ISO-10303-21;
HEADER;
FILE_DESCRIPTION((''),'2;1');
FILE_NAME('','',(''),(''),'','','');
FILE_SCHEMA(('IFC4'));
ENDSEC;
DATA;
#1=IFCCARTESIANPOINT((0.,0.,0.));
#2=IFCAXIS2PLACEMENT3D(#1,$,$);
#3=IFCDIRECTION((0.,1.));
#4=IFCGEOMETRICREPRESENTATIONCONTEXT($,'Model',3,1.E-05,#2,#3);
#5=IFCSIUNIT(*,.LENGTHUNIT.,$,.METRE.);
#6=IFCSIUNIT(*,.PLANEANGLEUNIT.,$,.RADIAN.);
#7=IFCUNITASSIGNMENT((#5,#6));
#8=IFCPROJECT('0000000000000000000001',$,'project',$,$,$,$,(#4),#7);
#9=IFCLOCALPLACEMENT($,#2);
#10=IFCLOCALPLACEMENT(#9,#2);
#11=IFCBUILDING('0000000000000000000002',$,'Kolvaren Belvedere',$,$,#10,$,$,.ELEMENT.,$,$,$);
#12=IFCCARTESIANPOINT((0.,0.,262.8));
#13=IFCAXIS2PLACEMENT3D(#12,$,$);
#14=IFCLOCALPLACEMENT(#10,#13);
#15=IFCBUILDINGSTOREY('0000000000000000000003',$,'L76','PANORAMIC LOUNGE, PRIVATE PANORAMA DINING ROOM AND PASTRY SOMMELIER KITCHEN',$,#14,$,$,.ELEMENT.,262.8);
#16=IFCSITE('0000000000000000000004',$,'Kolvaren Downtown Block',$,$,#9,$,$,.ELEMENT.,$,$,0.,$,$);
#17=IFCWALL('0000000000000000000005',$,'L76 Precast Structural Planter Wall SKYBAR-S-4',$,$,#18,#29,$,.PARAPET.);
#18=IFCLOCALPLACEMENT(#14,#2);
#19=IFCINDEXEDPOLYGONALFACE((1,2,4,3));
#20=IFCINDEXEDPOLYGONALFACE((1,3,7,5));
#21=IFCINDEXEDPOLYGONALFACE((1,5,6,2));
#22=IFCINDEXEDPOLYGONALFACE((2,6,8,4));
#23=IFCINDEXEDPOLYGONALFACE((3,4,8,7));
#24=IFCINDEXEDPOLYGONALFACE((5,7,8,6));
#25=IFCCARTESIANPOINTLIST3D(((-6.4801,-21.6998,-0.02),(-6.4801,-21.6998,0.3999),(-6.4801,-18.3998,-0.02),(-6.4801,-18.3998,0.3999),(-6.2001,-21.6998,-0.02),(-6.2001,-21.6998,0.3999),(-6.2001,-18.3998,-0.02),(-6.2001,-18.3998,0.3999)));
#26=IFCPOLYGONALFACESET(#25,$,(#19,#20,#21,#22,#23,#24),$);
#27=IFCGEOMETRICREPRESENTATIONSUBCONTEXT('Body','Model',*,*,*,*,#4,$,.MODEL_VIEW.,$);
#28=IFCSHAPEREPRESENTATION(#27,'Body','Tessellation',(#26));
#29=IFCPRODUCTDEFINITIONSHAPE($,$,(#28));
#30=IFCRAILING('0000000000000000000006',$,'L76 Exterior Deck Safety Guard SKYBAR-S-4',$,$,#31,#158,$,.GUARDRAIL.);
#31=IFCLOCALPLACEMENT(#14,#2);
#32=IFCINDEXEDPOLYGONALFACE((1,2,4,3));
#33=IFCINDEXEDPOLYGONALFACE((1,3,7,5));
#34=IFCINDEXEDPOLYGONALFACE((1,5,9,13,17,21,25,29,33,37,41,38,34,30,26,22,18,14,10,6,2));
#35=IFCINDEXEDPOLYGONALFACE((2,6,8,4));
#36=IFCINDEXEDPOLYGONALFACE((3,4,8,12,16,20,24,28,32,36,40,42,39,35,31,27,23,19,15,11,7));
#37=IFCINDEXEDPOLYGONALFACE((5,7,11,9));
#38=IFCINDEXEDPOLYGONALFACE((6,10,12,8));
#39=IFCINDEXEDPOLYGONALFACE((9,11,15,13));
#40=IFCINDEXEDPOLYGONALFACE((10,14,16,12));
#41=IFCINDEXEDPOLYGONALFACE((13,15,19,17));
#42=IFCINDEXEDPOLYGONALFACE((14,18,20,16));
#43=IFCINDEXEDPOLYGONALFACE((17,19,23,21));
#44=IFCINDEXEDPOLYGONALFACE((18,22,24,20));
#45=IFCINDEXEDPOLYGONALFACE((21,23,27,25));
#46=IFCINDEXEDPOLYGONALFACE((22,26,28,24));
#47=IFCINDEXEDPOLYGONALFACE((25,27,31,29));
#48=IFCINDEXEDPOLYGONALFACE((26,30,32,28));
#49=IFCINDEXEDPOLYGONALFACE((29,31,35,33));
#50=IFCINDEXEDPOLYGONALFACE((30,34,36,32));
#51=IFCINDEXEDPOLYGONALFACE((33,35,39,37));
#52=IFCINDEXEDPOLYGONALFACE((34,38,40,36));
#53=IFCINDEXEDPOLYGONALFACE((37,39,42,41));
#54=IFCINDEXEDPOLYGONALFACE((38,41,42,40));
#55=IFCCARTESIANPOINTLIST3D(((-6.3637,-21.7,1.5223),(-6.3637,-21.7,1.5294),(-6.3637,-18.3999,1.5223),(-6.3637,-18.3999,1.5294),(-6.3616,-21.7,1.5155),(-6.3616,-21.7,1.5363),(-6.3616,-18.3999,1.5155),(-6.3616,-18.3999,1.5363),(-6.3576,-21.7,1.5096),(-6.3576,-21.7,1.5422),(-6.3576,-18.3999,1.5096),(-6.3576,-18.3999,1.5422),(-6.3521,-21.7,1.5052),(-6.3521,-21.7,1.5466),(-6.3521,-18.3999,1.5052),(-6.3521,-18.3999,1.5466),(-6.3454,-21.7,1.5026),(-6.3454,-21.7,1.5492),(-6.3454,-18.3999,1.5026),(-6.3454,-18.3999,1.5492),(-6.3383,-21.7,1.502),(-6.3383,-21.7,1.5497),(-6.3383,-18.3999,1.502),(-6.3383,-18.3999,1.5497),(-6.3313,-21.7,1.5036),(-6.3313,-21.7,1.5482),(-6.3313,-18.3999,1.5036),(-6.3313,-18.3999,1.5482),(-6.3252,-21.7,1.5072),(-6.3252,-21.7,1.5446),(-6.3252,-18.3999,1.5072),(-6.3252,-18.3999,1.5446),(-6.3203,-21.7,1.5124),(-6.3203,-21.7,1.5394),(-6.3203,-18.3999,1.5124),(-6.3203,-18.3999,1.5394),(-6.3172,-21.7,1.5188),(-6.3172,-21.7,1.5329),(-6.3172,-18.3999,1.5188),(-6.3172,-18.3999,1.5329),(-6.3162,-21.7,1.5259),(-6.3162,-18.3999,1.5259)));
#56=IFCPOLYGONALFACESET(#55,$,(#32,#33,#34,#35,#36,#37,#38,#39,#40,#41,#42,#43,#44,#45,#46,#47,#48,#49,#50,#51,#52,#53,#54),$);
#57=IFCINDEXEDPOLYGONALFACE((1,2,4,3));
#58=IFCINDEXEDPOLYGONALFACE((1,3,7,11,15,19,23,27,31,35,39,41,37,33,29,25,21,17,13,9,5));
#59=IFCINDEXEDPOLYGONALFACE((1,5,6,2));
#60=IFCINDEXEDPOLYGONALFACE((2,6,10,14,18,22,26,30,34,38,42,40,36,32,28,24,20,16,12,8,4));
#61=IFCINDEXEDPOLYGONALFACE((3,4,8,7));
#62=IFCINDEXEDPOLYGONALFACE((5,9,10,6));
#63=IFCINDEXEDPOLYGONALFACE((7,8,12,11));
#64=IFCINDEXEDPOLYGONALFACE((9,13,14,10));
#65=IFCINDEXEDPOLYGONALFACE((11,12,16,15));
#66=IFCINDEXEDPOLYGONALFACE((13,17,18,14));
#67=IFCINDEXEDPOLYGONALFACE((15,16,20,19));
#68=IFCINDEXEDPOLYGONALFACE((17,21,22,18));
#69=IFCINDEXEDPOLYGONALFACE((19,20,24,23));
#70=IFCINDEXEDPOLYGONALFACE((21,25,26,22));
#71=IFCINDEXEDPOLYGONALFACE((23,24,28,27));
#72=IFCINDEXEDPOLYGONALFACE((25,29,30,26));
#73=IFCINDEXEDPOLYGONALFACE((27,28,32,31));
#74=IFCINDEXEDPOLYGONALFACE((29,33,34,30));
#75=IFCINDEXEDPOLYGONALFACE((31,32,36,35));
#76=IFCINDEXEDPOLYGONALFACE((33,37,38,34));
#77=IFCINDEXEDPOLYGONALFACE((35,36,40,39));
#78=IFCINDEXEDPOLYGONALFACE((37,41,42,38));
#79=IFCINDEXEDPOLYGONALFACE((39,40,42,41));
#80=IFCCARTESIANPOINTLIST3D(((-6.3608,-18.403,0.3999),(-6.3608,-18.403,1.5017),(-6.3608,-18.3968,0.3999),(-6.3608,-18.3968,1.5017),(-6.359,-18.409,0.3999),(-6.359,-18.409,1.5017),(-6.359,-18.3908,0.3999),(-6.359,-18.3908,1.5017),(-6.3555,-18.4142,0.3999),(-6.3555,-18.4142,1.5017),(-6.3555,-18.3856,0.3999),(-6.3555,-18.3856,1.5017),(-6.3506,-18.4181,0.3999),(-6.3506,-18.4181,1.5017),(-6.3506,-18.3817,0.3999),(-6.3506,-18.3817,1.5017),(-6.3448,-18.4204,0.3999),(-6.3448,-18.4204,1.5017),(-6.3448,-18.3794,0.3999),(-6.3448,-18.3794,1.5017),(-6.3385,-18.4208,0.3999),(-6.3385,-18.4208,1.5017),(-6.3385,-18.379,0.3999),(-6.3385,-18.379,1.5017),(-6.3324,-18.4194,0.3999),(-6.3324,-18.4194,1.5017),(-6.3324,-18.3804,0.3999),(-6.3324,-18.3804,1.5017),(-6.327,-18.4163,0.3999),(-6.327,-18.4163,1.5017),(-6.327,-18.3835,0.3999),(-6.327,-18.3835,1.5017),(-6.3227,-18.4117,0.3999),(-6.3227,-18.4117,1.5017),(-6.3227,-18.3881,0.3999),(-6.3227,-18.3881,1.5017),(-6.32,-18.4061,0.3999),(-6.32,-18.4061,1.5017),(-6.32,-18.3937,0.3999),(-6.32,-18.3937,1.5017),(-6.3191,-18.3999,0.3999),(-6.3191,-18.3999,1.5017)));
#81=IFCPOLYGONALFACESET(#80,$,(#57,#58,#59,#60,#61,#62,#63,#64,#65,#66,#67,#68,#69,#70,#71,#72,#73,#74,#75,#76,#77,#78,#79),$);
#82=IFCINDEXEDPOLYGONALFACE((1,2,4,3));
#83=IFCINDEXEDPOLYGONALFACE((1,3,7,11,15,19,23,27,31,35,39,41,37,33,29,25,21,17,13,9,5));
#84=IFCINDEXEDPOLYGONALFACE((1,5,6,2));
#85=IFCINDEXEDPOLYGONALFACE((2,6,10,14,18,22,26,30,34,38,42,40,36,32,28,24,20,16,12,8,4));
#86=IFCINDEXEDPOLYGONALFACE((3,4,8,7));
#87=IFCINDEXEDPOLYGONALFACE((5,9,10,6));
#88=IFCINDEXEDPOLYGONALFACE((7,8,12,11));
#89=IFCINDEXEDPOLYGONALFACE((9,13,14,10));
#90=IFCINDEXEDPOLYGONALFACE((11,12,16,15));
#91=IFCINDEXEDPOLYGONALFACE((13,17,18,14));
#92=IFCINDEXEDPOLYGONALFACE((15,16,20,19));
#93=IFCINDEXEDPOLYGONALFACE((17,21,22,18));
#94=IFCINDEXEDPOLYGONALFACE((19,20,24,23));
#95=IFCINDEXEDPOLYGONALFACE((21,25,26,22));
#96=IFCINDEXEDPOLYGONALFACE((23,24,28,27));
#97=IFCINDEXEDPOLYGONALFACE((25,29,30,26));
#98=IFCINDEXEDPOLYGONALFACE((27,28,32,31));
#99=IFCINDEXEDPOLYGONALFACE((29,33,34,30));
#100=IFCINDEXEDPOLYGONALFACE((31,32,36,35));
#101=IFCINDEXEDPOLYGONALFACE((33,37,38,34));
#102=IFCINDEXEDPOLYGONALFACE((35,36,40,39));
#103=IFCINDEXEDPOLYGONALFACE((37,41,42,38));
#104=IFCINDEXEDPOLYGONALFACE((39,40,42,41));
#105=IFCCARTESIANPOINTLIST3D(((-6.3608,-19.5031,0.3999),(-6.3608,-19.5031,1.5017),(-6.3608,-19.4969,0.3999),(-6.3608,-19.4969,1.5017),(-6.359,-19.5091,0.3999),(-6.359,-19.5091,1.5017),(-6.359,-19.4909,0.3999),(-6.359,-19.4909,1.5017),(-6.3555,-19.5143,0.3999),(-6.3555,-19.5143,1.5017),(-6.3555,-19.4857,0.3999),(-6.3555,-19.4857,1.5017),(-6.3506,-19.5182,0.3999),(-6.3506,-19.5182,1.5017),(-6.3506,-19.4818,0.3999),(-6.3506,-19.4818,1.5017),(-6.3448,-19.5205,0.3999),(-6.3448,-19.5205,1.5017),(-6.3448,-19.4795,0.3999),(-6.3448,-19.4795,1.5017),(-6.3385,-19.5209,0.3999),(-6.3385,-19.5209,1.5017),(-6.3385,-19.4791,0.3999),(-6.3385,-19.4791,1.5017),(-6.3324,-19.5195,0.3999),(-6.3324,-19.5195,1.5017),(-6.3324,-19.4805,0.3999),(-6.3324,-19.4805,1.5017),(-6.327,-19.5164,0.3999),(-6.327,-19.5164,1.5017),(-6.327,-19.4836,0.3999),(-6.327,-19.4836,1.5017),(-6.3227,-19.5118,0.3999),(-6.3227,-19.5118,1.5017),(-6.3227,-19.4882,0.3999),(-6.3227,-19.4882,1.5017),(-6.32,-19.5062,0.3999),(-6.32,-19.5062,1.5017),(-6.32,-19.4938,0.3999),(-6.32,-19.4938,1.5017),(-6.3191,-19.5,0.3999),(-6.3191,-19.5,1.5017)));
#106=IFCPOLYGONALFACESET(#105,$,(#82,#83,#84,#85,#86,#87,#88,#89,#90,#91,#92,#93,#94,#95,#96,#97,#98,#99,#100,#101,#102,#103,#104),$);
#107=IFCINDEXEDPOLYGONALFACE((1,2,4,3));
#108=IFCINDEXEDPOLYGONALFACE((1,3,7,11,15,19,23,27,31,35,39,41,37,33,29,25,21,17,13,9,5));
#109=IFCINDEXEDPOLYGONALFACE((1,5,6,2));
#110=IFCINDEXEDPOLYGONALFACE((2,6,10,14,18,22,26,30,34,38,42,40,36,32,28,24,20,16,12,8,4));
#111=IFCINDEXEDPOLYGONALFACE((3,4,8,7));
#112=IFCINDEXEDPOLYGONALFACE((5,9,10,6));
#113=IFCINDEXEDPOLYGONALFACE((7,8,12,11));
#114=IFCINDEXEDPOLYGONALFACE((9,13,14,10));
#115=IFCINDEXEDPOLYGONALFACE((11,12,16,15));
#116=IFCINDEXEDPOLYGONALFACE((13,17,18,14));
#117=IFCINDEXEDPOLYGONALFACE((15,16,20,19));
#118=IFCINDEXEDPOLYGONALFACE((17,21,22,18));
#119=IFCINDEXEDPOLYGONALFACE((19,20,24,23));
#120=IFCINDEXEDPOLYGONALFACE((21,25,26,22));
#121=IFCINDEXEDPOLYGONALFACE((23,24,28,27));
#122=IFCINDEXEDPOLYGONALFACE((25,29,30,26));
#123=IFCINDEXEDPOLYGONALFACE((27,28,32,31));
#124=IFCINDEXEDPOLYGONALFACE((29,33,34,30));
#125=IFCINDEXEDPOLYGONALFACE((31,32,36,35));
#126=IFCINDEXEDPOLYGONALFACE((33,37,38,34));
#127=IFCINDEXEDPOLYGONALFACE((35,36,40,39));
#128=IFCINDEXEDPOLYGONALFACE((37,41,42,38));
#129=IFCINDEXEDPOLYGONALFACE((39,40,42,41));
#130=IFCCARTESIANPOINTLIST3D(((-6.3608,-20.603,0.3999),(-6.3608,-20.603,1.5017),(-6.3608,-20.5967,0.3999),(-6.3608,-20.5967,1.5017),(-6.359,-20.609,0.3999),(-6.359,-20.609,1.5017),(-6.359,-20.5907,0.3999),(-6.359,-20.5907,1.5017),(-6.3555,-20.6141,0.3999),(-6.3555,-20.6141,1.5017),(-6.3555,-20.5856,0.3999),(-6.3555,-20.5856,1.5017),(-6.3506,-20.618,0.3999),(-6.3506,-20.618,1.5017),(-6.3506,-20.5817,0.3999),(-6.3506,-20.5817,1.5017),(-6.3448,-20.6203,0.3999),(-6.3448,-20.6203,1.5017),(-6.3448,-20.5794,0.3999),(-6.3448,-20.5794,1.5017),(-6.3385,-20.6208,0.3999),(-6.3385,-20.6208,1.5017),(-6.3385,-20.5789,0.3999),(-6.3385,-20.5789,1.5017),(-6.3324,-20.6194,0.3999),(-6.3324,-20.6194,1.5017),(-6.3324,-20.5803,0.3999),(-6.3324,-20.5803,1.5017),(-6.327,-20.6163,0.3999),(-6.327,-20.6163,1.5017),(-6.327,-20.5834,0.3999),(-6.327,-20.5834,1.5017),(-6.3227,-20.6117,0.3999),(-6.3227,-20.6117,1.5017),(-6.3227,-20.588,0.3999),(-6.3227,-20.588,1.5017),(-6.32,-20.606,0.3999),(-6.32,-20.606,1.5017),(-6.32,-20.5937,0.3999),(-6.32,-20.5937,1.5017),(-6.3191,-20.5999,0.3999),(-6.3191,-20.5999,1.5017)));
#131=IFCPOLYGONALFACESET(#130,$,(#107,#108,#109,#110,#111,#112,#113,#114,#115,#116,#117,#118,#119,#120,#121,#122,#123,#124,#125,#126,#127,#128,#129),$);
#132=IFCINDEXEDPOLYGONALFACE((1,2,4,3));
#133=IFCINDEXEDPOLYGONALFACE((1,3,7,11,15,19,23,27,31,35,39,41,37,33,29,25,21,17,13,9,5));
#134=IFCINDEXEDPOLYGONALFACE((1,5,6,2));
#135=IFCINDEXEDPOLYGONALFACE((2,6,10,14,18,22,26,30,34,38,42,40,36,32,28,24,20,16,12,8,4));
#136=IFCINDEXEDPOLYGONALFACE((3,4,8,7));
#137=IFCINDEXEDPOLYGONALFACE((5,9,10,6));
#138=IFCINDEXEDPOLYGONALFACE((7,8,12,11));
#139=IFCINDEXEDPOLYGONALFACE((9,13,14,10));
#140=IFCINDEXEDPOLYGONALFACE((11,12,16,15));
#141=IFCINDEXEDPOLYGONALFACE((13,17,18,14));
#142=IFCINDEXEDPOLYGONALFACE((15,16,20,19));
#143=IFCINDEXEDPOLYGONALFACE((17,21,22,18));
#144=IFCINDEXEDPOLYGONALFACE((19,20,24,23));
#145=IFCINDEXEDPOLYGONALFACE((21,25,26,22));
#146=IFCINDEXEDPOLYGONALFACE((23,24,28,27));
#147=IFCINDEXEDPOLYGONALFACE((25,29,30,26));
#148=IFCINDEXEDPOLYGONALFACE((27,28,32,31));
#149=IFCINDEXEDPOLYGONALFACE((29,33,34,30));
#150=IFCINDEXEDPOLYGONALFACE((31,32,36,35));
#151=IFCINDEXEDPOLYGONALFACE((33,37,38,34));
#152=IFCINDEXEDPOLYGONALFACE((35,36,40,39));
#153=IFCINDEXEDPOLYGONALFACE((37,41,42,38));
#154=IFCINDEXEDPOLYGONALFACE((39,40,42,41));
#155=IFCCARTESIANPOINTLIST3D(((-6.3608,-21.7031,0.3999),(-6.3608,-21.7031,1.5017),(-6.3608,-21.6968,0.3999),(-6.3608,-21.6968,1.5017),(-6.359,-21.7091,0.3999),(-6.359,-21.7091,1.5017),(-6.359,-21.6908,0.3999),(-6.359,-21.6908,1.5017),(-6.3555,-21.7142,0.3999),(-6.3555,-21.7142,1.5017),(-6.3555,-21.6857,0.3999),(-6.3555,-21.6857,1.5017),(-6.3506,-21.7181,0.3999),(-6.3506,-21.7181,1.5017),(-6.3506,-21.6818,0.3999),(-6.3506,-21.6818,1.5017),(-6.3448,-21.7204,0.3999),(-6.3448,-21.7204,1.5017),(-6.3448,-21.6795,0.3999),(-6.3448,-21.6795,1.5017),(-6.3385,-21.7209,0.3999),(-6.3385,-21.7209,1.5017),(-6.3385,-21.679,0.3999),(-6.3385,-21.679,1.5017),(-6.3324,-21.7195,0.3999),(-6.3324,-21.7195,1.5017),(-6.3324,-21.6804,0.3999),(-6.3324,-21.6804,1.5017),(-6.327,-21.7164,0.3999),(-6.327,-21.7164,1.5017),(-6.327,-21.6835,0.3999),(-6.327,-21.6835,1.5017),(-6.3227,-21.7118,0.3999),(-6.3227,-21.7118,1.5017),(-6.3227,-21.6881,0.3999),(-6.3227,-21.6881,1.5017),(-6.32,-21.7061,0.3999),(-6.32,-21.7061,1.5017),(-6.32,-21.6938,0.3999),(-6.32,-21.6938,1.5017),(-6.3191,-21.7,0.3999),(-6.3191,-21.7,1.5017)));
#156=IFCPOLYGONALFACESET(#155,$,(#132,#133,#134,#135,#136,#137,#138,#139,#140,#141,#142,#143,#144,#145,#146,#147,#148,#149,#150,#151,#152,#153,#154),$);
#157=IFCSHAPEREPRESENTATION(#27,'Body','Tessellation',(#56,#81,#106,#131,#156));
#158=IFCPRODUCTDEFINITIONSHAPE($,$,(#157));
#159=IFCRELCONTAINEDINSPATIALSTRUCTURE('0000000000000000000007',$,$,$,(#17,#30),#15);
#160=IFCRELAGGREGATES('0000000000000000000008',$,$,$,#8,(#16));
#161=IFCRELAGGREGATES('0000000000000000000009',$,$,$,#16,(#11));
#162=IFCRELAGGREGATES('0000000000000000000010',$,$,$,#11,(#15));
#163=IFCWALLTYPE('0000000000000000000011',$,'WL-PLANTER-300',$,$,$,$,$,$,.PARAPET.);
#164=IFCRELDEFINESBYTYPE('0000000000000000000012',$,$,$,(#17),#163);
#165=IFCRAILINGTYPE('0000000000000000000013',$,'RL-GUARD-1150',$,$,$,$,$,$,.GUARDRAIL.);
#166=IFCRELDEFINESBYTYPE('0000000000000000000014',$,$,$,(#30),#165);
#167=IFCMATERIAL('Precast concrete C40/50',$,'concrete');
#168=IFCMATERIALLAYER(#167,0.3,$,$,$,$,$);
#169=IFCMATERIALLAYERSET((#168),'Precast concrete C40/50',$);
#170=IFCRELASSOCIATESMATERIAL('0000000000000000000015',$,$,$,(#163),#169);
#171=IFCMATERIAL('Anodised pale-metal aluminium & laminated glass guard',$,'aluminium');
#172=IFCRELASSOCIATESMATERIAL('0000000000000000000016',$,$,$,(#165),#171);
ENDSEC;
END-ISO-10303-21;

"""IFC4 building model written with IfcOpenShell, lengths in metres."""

from ifc_helpers import new_model, si_unit, direction, frame, frame_2d, origin, origin_2d, place, context, subcontext, project, spatial, rectangle, circle, extrude, material, layer, layer_set, type_object, element, save


model = new_model("IFC4")

# Units and contexts
model_context = context("Model", 3, precision=1e-05, world=origin(), true_north=direction((0.0, 1.0)))
body_context = subcontext(model_context, "Body", "Model", "MODEL_VIEW")
ifc_project = project(units=[si_unit("LENGTHUNIT", "METRE"), si_unit("PLANEANGLEUNIT", "RADIAN")], contexts=[model_context])

# Site, building, storey
site_placement = place(None, origin())
site = spatial("IfcSite", under=ifc_project, at=site_placement, Name="Kolvaren Downtown Block", CompositionType="ELEMENT", RefElevation=0.0)
building_placement = place(site_placement, origin())
building = spatial("IfcBuilding", under=site, at=building_placement, Name="Kolvaren Belvedere", CompositionType="ELEMENT")
storey_placement = place(building_placement, frame((0.0, 0.0, 262.8)))
storey = spatial("IfcBuildingStorey", under=building, at=storey_placement, Name="L76", Description="PANORAMIC LOUNGE, PRIVATE PANORAMA DINING ROOM AND PASTRY SOMMELIER KITCHEN", CompositionType="ELEMENT", Elevation=262.8)

# Wall
ifc_material_1 = material(Name="Precast concrete C40/50", Category="concrete")
ifc_layer_1 = layer(ifc_material_1, 0.3)
ifc_layer_set_1 = layer_set([ifc_layer_1], Name="Precast concrete C40/50")
wall_type_1 = type_object("IfcWallType", Name="WL-PLANTER-300", PredefinedType="PARAPET", material=ifc_layer_set_1)
wall_1_placement = place(storey_placement, frame((-6.3401, -18.3999, -0.02), z_axis=(0.0, 0.0, 1.0), x_axis=(0.0, -1.0, 0.0)))
element("IfcWall", 1, at=wall_1_placement, inside=storey, type_object=wall_type_1, Name="L76 Precast Structural Planter Wall SKYBAR-S-4", PredefinedType="PARAPET", context=body_context, shape_type="SweptSolid", body=[
    extrude(rectangle(XDim=3.3, YDim=0.28, at=frame_2d((1.6499, 0.0))), origin(), (0.0, 0.0, 1.0), 0.4199),
])

# Railing
ifc_material_2 = material(Name="Anodised pale-metal aluminium & laminated glass guard", Category="aluminium")
railing_type = type_object("IfcRailingType", Name="RL-GUARD-1150", PredefinedType="GUARDRAIL", material=ifc_material_2)
railing_1_placement = place(storey_placement, frame((-6.3401, -18.3999, 0.3999)))
element("IfcRailing", 2, at=railing_1_placement, inside=storey, type_object=railing_type, Name="L76 Exterior Deck Safety Guard SKYBAR-S-4", PredefinedType="GUARDRAIL", context=body_context, shape_type="SweptSolid", body=[
    extrude(circle(Radius=0.0239, at=origin_2d()), frame((0.0, 0.0, 1.126), z_axis=(0.0, -1.0, 0.0), x_axis=(1.0, 0.0, 0.0)), (0.0, 0.0, 1.0), 3.3),
    extrude(circle(Radius=0.021, at=origin_2d()), origin(), (0.0, 0.0, 1.0), 1.1018),
    extrude(circle(Radius=0.021, at=origin_2d()), frame((0.0, -1.1001, 0.0)), (0.0, 0.0, 1.0), 1.1018),
    extrude(circle(Radius=0.021, at=origin_2d()), frame((0.0, -2.2, 0.0)), (0.0, 0.0, 1.0), 1.1018),
    extrude(circle(Radius=0.021, at=origin_2d()), frame((0.0, -3.3, 0.0)), (0.0, 0.0, 1.0), 1.1018),
])

save(model, "model.ifc")
